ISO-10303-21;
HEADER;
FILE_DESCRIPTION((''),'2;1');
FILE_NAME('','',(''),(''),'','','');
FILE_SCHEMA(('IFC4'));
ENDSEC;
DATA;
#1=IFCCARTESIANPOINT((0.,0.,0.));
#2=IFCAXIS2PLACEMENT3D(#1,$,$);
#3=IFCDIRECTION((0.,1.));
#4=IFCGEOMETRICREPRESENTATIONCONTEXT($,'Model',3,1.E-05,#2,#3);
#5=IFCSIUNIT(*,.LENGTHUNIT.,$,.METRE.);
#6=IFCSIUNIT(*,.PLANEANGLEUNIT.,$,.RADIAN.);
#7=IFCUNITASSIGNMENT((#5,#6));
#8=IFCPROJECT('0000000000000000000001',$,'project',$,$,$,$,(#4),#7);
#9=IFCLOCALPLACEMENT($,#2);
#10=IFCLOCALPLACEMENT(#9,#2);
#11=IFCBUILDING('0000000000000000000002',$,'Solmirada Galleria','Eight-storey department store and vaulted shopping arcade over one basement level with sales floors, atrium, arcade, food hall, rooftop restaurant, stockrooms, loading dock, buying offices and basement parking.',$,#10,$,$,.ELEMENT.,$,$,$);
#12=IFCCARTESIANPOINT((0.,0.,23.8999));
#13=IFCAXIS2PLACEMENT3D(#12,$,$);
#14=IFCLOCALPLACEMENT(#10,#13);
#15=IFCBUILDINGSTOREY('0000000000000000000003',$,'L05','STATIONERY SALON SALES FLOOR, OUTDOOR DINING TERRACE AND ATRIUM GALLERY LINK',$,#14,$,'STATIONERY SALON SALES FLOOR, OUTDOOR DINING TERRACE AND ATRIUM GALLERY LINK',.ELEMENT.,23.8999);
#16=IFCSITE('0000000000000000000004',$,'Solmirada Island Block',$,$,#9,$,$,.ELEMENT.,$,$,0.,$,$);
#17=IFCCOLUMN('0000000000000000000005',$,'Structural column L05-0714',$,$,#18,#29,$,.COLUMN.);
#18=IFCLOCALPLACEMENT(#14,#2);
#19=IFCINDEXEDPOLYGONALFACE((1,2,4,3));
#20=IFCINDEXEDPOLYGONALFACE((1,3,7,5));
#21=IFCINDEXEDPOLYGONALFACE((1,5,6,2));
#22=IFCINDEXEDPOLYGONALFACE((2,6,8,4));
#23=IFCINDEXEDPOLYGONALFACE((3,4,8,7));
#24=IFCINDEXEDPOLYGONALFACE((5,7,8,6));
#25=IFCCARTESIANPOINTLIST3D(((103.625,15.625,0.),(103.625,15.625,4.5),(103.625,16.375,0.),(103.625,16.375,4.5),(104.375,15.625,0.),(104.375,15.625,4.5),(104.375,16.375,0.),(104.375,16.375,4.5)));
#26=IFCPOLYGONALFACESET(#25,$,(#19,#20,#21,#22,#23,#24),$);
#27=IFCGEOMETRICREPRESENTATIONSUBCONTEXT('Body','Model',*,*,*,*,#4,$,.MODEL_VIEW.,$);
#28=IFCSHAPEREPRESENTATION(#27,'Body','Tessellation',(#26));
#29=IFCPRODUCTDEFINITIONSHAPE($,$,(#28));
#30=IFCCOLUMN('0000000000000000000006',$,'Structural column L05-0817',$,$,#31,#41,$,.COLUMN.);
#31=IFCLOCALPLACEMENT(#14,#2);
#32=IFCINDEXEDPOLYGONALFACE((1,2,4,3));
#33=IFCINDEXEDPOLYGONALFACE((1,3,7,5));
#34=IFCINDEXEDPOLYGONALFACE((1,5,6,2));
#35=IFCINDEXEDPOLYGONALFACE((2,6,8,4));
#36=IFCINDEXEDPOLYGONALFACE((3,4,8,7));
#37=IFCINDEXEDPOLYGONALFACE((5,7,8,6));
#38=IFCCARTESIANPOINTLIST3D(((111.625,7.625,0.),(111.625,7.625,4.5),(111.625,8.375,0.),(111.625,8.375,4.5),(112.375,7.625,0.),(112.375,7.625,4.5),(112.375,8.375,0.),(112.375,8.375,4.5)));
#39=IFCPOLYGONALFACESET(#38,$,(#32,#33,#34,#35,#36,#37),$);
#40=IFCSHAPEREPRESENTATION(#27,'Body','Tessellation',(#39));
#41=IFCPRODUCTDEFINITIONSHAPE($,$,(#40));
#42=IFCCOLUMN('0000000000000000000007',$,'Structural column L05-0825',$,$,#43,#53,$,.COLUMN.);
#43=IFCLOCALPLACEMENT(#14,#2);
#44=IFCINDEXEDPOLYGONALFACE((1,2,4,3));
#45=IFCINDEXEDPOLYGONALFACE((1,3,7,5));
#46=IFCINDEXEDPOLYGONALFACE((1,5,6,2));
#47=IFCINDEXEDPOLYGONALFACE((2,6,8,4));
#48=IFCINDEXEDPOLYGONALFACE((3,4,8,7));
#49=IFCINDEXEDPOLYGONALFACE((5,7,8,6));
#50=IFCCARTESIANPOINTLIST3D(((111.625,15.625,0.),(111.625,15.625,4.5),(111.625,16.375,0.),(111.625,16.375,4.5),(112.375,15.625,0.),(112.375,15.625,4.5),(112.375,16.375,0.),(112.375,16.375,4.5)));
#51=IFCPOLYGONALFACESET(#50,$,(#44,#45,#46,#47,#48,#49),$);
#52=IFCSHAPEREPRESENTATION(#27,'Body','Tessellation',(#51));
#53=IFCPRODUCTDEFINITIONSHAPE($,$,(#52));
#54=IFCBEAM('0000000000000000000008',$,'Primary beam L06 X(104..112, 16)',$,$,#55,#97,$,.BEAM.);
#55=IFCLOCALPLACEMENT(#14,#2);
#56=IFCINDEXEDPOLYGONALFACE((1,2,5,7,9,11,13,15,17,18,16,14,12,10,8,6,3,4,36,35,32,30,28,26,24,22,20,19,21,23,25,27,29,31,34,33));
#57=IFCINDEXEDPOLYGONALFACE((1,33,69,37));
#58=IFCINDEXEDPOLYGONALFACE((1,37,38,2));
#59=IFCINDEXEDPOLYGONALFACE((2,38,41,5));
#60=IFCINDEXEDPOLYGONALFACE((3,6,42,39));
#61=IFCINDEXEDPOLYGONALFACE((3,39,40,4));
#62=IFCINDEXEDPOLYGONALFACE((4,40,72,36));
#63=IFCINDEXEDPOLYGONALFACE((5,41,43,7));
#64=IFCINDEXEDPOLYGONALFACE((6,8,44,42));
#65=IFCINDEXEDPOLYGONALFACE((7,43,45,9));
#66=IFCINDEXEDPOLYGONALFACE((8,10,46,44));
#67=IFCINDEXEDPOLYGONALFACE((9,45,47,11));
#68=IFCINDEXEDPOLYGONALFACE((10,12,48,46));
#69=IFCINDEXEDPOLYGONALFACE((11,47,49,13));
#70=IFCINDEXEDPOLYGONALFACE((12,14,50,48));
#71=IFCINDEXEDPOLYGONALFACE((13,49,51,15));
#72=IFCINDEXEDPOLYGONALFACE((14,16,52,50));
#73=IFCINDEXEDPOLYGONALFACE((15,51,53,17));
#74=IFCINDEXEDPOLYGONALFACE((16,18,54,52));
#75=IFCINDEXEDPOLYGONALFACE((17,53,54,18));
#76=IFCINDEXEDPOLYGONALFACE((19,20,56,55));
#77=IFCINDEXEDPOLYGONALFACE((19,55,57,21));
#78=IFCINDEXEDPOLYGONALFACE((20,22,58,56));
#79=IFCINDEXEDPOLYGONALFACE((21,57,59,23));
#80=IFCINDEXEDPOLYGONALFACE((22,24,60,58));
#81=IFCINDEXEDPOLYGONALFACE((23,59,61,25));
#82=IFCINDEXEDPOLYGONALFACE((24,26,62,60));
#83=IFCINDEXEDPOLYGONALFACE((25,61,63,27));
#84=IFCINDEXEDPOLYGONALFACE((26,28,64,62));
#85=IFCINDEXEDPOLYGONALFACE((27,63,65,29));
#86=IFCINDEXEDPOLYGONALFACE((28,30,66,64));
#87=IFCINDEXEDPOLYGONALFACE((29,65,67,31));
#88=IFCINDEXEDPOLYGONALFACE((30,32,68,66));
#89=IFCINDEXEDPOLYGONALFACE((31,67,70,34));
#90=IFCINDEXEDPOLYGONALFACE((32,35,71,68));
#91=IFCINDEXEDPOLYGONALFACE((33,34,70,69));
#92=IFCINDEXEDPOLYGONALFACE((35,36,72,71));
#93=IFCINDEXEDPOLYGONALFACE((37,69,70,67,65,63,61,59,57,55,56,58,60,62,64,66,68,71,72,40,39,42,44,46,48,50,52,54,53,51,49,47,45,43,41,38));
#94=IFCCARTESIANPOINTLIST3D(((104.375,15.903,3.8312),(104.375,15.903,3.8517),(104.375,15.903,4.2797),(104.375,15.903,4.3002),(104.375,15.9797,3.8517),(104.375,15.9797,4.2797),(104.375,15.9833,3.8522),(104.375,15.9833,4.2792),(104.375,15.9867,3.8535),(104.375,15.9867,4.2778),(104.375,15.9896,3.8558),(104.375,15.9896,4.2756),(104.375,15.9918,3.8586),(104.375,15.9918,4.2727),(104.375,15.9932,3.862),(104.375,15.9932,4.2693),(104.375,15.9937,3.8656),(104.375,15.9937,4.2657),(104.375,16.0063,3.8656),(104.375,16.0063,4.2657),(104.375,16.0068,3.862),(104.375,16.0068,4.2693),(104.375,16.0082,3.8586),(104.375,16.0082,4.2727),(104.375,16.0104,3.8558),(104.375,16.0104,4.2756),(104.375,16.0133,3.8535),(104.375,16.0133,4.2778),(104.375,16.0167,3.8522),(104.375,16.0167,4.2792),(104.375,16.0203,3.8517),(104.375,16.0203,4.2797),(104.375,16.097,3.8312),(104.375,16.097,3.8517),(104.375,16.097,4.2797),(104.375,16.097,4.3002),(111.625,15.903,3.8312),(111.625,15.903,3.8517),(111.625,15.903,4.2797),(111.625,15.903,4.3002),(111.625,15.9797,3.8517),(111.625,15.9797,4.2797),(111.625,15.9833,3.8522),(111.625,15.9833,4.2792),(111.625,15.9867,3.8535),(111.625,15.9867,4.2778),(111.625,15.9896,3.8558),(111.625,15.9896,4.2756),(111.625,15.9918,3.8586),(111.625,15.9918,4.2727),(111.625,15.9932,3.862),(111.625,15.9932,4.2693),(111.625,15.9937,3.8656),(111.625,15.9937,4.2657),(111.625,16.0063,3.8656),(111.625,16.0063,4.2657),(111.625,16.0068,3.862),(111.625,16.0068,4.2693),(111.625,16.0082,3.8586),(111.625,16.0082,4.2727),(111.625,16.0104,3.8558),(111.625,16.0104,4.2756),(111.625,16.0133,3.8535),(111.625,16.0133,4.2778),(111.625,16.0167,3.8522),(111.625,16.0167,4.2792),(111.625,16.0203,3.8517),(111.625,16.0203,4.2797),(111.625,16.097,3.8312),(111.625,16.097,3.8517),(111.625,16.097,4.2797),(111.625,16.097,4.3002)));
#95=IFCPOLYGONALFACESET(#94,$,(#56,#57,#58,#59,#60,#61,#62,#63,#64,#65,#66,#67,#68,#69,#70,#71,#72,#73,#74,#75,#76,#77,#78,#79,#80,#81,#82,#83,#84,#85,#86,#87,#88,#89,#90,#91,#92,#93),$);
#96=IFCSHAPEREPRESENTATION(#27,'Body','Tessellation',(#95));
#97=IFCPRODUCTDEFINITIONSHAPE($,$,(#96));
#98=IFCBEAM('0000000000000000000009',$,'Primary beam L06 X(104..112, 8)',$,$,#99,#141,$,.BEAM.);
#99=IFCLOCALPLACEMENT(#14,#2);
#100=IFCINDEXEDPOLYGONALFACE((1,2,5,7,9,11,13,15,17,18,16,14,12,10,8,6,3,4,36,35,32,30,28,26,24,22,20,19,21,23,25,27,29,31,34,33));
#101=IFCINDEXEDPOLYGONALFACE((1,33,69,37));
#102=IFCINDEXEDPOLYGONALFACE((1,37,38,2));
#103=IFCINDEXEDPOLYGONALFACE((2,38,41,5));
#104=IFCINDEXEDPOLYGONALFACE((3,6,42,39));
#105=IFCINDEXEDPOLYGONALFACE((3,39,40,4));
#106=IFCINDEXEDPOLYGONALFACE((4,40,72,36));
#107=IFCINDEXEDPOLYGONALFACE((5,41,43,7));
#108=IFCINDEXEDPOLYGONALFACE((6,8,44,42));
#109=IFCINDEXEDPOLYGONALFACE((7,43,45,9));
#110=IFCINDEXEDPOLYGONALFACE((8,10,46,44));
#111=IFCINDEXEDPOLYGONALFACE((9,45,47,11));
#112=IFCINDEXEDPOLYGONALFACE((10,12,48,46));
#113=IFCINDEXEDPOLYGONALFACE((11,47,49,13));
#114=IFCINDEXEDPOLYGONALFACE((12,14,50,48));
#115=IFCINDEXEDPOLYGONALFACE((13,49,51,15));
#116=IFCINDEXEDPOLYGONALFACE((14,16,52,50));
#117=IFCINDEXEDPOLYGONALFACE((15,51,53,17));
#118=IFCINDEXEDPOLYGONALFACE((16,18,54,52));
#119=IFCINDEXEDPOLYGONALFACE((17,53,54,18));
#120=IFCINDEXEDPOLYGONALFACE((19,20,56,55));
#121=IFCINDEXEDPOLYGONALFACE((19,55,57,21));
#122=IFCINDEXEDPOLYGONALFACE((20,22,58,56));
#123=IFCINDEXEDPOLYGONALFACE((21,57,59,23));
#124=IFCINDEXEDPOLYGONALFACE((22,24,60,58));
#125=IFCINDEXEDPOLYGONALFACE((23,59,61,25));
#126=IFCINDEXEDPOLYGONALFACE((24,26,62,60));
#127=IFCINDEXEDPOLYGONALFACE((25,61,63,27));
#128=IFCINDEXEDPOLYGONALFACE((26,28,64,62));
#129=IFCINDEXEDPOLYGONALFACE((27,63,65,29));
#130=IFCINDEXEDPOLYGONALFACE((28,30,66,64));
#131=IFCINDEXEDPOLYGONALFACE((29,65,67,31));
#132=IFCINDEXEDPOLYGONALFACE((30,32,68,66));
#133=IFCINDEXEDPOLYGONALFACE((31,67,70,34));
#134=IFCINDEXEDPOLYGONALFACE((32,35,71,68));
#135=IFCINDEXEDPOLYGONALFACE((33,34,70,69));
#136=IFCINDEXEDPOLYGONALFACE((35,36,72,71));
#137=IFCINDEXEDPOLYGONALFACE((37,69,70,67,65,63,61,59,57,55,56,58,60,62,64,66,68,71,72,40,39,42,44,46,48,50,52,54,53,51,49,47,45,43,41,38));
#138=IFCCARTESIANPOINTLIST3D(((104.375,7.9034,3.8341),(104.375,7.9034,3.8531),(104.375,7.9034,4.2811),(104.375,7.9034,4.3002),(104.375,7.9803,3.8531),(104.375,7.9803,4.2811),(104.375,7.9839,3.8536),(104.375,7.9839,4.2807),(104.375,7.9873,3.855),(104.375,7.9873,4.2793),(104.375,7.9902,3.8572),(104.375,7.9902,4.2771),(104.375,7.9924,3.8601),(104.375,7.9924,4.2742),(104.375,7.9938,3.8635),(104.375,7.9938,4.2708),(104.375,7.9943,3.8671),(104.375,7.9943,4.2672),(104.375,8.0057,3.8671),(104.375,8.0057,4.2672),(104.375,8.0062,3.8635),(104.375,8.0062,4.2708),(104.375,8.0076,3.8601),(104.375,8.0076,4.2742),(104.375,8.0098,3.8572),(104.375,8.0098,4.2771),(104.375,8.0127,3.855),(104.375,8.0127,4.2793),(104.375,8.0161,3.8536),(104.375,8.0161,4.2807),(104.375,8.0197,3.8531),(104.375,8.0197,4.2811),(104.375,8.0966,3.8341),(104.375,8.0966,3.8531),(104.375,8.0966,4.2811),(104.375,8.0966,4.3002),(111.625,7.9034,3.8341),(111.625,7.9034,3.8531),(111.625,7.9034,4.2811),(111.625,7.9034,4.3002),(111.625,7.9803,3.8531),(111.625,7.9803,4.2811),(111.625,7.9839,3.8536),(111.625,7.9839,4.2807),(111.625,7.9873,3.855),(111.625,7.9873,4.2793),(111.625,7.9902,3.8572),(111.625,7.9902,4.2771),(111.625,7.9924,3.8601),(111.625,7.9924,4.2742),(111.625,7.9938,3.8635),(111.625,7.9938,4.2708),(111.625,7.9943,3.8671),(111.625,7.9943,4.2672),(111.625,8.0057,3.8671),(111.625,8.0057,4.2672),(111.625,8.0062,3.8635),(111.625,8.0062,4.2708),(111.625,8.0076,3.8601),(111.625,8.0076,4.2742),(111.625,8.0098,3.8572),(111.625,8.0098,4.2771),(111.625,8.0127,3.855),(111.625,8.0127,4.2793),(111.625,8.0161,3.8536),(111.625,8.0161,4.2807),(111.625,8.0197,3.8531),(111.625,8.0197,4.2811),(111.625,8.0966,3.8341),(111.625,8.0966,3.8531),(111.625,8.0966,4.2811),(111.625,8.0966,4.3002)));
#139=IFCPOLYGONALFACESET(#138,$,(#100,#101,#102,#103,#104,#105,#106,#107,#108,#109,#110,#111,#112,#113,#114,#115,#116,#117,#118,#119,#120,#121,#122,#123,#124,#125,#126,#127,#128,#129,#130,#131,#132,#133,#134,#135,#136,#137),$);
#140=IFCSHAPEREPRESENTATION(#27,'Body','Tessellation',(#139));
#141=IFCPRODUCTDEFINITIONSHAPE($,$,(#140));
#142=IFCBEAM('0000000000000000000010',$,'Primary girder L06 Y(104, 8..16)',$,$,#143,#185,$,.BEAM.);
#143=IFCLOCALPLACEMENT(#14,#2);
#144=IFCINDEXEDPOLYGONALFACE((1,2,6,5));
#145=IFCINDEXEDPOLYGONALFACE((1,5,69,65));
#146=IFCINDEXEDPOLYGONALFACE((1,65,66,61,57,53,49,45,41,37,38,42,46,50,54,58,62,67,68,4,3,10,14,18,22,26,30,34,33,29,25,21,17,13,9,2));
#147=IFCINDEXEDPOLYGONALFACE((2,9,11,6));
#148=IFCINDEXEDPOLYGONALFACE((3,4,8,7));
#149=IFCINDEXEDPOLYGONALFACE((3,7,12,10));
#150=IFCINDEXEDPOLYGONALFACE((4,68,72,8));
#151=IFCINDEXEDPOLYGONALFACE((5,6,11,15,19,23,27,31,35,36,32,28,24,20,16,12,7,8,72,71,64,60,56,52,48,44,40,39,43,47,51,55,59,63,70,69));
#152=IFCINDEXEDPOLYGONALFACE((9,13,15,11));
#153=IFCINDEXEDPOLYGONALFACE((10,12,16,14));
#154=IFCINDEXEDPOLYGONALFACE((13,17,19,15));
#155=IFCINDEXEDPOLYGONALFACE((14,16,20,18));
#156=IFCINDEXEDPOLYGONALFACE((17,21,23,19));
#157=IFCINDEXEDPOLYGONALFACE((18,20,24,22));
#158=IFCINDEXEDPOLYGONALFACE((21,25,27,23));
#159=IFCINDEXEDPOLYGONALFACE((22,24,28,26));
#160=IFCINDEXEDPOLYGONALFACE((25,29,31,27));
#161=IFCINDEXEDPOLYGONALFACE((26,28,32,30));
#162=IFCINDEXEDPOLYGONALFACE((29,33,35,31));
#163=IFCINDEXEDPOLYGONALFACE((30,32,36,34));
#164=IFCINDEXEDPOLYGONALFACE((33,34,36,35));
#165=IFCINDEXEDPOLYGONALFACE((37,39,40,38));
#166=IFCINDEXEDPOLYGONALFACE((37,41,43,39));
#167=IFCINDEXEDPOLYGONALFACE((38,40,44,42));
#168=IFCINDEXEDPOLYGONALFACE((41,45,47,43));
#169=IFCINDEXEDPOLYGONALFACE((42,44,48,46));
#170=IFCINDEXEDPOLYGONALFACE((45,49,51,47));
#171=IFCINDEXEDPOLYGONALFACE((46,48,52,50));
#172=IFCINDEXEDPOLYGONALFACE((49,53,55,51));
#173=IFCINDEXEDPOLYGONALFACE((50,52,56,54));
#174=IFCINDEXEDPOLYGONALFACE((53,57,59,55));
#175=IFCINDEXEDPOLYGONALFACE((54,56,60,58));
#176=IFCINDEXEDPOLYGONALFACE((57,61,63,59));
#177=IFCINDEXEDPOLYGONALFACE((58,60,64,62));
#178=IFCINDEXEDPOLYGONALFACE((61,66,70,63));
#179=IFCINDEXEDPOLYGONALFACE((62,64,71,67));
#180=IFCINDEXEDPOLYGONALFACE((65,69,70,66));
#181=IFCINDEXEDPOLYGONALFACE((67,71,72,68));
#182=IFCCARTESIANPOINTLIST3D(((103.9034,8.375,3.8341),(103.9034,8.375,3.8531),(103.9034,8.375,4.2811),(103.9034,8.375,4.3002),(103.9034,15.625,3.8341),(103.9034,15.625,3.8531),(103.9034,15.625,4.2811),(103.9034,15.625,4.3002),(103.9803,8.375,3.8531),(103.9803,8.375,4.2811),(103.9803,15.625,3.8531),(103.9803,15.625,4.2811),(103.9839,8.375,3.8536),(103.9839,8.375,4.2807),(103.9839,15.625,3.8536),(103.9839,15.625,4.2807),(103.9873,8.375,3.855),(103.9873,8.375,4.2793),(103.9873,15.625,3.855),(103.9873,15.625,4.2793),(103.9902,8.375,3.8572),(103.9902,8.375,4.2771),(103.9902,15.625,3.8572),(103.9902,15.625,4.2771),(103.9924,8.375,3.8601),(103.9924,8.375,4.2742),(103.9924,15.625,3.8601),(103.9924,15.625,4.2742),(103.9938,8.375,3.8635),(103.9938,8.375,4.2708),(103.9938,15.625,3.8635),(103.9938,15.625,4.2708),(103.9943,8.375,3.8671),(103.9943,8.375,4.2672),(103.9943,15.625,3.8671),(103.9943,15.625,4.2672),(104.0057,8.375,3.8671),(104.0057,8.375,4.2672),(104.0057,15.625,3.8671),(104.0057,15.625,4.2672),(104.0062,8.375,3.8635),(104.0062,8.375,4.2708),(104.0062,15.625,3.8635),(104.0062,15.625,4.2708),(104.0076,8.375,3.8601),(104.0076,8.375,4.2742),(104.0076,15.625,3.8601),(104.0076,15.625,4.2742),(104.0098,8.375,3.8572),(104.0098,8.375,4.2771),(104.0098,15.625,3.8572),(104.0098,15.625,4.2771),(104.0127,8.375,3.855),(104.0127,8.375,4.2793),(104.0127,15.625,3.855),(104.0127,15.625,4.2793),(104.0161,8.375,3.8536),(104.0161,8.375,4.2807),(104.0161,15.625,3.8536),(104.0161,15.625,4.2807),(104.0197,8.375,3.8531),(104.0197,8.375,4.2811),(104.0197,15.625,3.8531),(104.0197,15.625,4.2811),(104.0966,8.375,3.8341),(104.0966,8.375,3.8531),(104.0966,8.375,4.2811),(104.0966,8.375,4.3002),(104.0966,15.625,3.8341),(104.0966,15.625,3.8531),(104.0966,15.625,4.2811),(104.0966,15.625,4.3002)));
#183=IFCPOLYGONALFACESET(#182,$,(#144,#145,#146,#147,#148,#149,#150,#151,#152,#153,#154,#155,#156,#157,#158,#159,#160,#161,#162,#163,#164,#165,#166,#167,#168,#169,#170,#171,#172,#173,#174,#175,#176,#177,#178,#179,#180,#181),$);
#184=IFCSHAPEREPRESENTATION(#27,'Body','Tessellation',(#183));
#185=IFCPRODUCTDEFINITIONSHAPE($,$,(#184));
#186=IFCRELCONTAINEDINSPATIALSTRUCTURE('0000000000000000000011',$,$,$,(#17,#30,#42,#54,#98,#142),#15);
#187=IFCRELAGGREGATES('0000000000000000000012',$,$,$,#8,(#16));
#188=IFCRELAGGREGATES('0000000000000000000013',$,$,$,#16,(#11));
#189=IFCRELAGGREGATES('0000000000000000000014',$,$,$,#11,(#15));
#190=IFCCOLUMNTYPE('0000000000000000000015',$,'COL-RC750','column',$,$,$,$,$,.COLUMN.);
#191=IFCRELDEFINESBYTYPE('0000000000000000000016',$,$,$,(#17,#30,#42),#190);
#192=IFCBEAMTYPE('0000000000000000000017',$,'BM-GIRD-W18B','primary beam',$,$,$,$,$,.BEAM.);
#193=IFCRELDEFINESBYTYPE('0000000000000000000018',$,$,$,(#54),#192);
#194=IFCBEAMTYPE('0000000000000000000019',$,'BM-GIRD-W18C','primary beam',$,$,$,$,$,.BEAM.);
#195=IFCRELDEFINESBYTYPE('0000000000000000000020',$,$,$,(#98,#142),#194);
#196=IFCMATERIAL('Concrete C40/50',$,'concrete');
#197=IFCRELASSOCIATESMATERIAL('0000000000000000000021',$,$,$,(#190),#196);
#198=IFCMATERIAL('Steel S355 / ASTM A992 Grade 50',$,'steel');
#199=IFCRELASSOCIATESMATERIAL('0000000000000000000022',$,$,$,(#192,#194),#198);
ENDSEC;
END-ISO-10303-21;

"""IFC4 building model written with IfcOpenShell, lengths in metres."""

from ifc_helpers import new_model, si_unit, direction, frame, origin, origin_2d, place, context, subcontext, project, spatial, rectangle, i_section, extrude, material, material_profile, profile_set, type_object, element, save


model = new_model("IFC4")

# Units and contexts
model_context = context("Model", 3, precision=1e-05, world=origin(), true_north=direction((0.0, 1.0)))
body_context = subcontext(model_context, "Body", "Model", "MODEL_VIEW")
ifc_project = project(units=[si_unit("LENGTHUNIT", "METRE"), si_unit("PLANEANGLEUNIT", "RADIAN")], contexts=[model_context])

# Site, building, storey
site_placement = place(None, origin())
site = spatial("IfcSite", under=ifc_project, at=site_placement, Name="Solmirada Island Block", CompositionType="ELEMENT", RefElevation=0.0)
building_placement = place(site_placement, origin())
building = spatial("IfcBuilding", under=site, at=building_placement, Name="Solmirada Galleria", Description="Eight-storey department store and vaulted shopping arcade over one basement level with sales floors, atrium, arcade, food hall, rooftop restaurant, stockrooms, loading dock, buying offices and basement parking.", CompositionType="ELEMENT")
storey_placement = place(building_placement, frame((0.0, 0.0, 23.8999)))
storey = spatial("IfcBuildingStorey", under=building, at=storey_placement, Name="L05", Description="STATIONERY SALON SALES FLOOR, OUTDOOR DINING TERRACE AND ATRIUM GALLERY LINK", LongName="STATIONERY SALON SALES FLOOR, OUTDOOR DINING TERRACE AND ATRIUM GALLERY LINK", CompositionType="ELEMENT", Elevation=23.8999)

# Columns
ifc_material_1 = material(Name="Concrete C40/50", Category="concrete")
ifc_material_profile_1 = material_profile(ifc_material_1, rectangle(XDim=0.75, YDim=0.75, at=origin_2d()), Name="RC750X750")
ifc_profile_set_1 = profile_set([ifc_material_profile_1], Name="Concrete C40/50")
column_type = type_object("IfcColumnType", Name="COL-RC750", Description="column", PredefinedType="COLUMN", material=ifc_profile_set_1)
for number, where, z_axis, x_axis, name in (
    (1, (104.0, 16.0, 0.0), (0.0, 0.0, 1.0), (1.0, 0.0, 0.0), "Structural column L05-0714"),
    (2, (112.0, 8.0, 0.0), (0.0, 0.0, 1.0), (1.0, 0.0, 0.0), "Structural column L05-0817"),
    (3, (112.0, 16.0, 0.0), (0.0, 0.0, 1.0), (1.0, 0.0, 0.0), "Structural column L05-0825"),
):
    element("IfcColumn", number, at=place(storey_placement, frame(where, z_axis=z_axis, x_axis=x_axis)), inside=storey, type_object=column_type, Name=name, PredefinedType="COLUMN", context=body_context, shape_type="SweptSolid", body=[
        extrude(rectangle(XDim=0.75, YDim=0.75, at=origin_2d()), origin(), (0.0, 0.0, 1.0), 4.5),
    ])

# Beams
ifc_material_2 = material(Name="Steel S355 / ASTM A992 Grade 50", Category="steel")
ifc_material_profile_2 = material_profile(ifc_material_2, i_section(OverallWidth=0.1941, OverallDepth=0.469, WebThickness=0.0127, FlangeThickness=0.0205, FilletRadius=0.0139, at=origin_2d()), Name="W18X71")
ifc_profile_set_2 = profile_set([ifc_material_profile_2], Name="Steel S355 / ASTM A992 Grade 50")
beam_type_1 = type_object("IfcBeamType", Name="BM-GIRD-W18B", Description="primary beam", PredefinedType="BEAM", material=ifc_profile_set_2)
beam_1_placement = place(storey_placement, frame((104.375, 16.0, 4.0657), z_axis=(1.0, 0.0, 0.0), x_axis=(0.0, 1.0, 0.0)))
element("IfcBeam", 4, at=beam_1_placement, inside=storey, type_object=beam_type_1, Name="Primary beam L06 X(104..112, 16)", PredefinedType="BEAM", context=body_context, shape_type="SweptSolid", body=[
    extrude(i_section(OverallWidth=0.1941, OverallDepth=0.469, WebThickness=0.0127, FlangeThickness=0.0205, FilletRadius=0.0139, at=origin_2d()), origin(), (0.0, 0.0, 1.0), 7.25),
])
ifc_material_profile_3 = material_profile(ifc_material_2, i_section(OverallWidth=0.1931, OverallDepth=0.4661, WebThickness=0.0115, FlangeThickness=0.019, FilletRadius=0.0139, at=origin_2d()), Name="W18X65")
ifc_profile_set_3 = profile_set([ifc_material_profile_3], Name="Steel S355 / ASTM A992 Grade 50")
beam_type_2 = type_object("IfcBeamType", Name="BM-GIRD-W18C", Description="primary beam", PredefinedType="BEAM", material=ifc_profile_set_3)
for number, where, z_axis, x_axis, name in (
    (5, (104.375, 8.0, 4.0671), (1.0, 0.0, 0.0), (0.0, 1.0, 0.0), "Primary beam L06 X(104..112, 8)"),
    (6, (104.0, 8.375, 4.0671), (0.0, 1.0, 0.0), (-1.0, 0.0, 0.0), "Primary girder L06 Y(104, 8..16)"),
):
    element("IfcBeam", number, at=place(storey_placement, frame(where, z_axis=z_axis, x_axis=x_axis)), inside=storey, type_object=beam_type_2, Name=name, PredefinedType="BEAM", context=body_context, shape_type="SweptSolid", body=[
        extrude(i_section(OverallWidth=0.1931, OverallDepth=0.4661, WebThickness=0.0115, FlangeThickness=0.019, FilletRadius=0.0139, at=origin_2d()), origin(), (0.0, 0.0, 1.0), 7.25),
    ])

save(model, "model.ifc")
